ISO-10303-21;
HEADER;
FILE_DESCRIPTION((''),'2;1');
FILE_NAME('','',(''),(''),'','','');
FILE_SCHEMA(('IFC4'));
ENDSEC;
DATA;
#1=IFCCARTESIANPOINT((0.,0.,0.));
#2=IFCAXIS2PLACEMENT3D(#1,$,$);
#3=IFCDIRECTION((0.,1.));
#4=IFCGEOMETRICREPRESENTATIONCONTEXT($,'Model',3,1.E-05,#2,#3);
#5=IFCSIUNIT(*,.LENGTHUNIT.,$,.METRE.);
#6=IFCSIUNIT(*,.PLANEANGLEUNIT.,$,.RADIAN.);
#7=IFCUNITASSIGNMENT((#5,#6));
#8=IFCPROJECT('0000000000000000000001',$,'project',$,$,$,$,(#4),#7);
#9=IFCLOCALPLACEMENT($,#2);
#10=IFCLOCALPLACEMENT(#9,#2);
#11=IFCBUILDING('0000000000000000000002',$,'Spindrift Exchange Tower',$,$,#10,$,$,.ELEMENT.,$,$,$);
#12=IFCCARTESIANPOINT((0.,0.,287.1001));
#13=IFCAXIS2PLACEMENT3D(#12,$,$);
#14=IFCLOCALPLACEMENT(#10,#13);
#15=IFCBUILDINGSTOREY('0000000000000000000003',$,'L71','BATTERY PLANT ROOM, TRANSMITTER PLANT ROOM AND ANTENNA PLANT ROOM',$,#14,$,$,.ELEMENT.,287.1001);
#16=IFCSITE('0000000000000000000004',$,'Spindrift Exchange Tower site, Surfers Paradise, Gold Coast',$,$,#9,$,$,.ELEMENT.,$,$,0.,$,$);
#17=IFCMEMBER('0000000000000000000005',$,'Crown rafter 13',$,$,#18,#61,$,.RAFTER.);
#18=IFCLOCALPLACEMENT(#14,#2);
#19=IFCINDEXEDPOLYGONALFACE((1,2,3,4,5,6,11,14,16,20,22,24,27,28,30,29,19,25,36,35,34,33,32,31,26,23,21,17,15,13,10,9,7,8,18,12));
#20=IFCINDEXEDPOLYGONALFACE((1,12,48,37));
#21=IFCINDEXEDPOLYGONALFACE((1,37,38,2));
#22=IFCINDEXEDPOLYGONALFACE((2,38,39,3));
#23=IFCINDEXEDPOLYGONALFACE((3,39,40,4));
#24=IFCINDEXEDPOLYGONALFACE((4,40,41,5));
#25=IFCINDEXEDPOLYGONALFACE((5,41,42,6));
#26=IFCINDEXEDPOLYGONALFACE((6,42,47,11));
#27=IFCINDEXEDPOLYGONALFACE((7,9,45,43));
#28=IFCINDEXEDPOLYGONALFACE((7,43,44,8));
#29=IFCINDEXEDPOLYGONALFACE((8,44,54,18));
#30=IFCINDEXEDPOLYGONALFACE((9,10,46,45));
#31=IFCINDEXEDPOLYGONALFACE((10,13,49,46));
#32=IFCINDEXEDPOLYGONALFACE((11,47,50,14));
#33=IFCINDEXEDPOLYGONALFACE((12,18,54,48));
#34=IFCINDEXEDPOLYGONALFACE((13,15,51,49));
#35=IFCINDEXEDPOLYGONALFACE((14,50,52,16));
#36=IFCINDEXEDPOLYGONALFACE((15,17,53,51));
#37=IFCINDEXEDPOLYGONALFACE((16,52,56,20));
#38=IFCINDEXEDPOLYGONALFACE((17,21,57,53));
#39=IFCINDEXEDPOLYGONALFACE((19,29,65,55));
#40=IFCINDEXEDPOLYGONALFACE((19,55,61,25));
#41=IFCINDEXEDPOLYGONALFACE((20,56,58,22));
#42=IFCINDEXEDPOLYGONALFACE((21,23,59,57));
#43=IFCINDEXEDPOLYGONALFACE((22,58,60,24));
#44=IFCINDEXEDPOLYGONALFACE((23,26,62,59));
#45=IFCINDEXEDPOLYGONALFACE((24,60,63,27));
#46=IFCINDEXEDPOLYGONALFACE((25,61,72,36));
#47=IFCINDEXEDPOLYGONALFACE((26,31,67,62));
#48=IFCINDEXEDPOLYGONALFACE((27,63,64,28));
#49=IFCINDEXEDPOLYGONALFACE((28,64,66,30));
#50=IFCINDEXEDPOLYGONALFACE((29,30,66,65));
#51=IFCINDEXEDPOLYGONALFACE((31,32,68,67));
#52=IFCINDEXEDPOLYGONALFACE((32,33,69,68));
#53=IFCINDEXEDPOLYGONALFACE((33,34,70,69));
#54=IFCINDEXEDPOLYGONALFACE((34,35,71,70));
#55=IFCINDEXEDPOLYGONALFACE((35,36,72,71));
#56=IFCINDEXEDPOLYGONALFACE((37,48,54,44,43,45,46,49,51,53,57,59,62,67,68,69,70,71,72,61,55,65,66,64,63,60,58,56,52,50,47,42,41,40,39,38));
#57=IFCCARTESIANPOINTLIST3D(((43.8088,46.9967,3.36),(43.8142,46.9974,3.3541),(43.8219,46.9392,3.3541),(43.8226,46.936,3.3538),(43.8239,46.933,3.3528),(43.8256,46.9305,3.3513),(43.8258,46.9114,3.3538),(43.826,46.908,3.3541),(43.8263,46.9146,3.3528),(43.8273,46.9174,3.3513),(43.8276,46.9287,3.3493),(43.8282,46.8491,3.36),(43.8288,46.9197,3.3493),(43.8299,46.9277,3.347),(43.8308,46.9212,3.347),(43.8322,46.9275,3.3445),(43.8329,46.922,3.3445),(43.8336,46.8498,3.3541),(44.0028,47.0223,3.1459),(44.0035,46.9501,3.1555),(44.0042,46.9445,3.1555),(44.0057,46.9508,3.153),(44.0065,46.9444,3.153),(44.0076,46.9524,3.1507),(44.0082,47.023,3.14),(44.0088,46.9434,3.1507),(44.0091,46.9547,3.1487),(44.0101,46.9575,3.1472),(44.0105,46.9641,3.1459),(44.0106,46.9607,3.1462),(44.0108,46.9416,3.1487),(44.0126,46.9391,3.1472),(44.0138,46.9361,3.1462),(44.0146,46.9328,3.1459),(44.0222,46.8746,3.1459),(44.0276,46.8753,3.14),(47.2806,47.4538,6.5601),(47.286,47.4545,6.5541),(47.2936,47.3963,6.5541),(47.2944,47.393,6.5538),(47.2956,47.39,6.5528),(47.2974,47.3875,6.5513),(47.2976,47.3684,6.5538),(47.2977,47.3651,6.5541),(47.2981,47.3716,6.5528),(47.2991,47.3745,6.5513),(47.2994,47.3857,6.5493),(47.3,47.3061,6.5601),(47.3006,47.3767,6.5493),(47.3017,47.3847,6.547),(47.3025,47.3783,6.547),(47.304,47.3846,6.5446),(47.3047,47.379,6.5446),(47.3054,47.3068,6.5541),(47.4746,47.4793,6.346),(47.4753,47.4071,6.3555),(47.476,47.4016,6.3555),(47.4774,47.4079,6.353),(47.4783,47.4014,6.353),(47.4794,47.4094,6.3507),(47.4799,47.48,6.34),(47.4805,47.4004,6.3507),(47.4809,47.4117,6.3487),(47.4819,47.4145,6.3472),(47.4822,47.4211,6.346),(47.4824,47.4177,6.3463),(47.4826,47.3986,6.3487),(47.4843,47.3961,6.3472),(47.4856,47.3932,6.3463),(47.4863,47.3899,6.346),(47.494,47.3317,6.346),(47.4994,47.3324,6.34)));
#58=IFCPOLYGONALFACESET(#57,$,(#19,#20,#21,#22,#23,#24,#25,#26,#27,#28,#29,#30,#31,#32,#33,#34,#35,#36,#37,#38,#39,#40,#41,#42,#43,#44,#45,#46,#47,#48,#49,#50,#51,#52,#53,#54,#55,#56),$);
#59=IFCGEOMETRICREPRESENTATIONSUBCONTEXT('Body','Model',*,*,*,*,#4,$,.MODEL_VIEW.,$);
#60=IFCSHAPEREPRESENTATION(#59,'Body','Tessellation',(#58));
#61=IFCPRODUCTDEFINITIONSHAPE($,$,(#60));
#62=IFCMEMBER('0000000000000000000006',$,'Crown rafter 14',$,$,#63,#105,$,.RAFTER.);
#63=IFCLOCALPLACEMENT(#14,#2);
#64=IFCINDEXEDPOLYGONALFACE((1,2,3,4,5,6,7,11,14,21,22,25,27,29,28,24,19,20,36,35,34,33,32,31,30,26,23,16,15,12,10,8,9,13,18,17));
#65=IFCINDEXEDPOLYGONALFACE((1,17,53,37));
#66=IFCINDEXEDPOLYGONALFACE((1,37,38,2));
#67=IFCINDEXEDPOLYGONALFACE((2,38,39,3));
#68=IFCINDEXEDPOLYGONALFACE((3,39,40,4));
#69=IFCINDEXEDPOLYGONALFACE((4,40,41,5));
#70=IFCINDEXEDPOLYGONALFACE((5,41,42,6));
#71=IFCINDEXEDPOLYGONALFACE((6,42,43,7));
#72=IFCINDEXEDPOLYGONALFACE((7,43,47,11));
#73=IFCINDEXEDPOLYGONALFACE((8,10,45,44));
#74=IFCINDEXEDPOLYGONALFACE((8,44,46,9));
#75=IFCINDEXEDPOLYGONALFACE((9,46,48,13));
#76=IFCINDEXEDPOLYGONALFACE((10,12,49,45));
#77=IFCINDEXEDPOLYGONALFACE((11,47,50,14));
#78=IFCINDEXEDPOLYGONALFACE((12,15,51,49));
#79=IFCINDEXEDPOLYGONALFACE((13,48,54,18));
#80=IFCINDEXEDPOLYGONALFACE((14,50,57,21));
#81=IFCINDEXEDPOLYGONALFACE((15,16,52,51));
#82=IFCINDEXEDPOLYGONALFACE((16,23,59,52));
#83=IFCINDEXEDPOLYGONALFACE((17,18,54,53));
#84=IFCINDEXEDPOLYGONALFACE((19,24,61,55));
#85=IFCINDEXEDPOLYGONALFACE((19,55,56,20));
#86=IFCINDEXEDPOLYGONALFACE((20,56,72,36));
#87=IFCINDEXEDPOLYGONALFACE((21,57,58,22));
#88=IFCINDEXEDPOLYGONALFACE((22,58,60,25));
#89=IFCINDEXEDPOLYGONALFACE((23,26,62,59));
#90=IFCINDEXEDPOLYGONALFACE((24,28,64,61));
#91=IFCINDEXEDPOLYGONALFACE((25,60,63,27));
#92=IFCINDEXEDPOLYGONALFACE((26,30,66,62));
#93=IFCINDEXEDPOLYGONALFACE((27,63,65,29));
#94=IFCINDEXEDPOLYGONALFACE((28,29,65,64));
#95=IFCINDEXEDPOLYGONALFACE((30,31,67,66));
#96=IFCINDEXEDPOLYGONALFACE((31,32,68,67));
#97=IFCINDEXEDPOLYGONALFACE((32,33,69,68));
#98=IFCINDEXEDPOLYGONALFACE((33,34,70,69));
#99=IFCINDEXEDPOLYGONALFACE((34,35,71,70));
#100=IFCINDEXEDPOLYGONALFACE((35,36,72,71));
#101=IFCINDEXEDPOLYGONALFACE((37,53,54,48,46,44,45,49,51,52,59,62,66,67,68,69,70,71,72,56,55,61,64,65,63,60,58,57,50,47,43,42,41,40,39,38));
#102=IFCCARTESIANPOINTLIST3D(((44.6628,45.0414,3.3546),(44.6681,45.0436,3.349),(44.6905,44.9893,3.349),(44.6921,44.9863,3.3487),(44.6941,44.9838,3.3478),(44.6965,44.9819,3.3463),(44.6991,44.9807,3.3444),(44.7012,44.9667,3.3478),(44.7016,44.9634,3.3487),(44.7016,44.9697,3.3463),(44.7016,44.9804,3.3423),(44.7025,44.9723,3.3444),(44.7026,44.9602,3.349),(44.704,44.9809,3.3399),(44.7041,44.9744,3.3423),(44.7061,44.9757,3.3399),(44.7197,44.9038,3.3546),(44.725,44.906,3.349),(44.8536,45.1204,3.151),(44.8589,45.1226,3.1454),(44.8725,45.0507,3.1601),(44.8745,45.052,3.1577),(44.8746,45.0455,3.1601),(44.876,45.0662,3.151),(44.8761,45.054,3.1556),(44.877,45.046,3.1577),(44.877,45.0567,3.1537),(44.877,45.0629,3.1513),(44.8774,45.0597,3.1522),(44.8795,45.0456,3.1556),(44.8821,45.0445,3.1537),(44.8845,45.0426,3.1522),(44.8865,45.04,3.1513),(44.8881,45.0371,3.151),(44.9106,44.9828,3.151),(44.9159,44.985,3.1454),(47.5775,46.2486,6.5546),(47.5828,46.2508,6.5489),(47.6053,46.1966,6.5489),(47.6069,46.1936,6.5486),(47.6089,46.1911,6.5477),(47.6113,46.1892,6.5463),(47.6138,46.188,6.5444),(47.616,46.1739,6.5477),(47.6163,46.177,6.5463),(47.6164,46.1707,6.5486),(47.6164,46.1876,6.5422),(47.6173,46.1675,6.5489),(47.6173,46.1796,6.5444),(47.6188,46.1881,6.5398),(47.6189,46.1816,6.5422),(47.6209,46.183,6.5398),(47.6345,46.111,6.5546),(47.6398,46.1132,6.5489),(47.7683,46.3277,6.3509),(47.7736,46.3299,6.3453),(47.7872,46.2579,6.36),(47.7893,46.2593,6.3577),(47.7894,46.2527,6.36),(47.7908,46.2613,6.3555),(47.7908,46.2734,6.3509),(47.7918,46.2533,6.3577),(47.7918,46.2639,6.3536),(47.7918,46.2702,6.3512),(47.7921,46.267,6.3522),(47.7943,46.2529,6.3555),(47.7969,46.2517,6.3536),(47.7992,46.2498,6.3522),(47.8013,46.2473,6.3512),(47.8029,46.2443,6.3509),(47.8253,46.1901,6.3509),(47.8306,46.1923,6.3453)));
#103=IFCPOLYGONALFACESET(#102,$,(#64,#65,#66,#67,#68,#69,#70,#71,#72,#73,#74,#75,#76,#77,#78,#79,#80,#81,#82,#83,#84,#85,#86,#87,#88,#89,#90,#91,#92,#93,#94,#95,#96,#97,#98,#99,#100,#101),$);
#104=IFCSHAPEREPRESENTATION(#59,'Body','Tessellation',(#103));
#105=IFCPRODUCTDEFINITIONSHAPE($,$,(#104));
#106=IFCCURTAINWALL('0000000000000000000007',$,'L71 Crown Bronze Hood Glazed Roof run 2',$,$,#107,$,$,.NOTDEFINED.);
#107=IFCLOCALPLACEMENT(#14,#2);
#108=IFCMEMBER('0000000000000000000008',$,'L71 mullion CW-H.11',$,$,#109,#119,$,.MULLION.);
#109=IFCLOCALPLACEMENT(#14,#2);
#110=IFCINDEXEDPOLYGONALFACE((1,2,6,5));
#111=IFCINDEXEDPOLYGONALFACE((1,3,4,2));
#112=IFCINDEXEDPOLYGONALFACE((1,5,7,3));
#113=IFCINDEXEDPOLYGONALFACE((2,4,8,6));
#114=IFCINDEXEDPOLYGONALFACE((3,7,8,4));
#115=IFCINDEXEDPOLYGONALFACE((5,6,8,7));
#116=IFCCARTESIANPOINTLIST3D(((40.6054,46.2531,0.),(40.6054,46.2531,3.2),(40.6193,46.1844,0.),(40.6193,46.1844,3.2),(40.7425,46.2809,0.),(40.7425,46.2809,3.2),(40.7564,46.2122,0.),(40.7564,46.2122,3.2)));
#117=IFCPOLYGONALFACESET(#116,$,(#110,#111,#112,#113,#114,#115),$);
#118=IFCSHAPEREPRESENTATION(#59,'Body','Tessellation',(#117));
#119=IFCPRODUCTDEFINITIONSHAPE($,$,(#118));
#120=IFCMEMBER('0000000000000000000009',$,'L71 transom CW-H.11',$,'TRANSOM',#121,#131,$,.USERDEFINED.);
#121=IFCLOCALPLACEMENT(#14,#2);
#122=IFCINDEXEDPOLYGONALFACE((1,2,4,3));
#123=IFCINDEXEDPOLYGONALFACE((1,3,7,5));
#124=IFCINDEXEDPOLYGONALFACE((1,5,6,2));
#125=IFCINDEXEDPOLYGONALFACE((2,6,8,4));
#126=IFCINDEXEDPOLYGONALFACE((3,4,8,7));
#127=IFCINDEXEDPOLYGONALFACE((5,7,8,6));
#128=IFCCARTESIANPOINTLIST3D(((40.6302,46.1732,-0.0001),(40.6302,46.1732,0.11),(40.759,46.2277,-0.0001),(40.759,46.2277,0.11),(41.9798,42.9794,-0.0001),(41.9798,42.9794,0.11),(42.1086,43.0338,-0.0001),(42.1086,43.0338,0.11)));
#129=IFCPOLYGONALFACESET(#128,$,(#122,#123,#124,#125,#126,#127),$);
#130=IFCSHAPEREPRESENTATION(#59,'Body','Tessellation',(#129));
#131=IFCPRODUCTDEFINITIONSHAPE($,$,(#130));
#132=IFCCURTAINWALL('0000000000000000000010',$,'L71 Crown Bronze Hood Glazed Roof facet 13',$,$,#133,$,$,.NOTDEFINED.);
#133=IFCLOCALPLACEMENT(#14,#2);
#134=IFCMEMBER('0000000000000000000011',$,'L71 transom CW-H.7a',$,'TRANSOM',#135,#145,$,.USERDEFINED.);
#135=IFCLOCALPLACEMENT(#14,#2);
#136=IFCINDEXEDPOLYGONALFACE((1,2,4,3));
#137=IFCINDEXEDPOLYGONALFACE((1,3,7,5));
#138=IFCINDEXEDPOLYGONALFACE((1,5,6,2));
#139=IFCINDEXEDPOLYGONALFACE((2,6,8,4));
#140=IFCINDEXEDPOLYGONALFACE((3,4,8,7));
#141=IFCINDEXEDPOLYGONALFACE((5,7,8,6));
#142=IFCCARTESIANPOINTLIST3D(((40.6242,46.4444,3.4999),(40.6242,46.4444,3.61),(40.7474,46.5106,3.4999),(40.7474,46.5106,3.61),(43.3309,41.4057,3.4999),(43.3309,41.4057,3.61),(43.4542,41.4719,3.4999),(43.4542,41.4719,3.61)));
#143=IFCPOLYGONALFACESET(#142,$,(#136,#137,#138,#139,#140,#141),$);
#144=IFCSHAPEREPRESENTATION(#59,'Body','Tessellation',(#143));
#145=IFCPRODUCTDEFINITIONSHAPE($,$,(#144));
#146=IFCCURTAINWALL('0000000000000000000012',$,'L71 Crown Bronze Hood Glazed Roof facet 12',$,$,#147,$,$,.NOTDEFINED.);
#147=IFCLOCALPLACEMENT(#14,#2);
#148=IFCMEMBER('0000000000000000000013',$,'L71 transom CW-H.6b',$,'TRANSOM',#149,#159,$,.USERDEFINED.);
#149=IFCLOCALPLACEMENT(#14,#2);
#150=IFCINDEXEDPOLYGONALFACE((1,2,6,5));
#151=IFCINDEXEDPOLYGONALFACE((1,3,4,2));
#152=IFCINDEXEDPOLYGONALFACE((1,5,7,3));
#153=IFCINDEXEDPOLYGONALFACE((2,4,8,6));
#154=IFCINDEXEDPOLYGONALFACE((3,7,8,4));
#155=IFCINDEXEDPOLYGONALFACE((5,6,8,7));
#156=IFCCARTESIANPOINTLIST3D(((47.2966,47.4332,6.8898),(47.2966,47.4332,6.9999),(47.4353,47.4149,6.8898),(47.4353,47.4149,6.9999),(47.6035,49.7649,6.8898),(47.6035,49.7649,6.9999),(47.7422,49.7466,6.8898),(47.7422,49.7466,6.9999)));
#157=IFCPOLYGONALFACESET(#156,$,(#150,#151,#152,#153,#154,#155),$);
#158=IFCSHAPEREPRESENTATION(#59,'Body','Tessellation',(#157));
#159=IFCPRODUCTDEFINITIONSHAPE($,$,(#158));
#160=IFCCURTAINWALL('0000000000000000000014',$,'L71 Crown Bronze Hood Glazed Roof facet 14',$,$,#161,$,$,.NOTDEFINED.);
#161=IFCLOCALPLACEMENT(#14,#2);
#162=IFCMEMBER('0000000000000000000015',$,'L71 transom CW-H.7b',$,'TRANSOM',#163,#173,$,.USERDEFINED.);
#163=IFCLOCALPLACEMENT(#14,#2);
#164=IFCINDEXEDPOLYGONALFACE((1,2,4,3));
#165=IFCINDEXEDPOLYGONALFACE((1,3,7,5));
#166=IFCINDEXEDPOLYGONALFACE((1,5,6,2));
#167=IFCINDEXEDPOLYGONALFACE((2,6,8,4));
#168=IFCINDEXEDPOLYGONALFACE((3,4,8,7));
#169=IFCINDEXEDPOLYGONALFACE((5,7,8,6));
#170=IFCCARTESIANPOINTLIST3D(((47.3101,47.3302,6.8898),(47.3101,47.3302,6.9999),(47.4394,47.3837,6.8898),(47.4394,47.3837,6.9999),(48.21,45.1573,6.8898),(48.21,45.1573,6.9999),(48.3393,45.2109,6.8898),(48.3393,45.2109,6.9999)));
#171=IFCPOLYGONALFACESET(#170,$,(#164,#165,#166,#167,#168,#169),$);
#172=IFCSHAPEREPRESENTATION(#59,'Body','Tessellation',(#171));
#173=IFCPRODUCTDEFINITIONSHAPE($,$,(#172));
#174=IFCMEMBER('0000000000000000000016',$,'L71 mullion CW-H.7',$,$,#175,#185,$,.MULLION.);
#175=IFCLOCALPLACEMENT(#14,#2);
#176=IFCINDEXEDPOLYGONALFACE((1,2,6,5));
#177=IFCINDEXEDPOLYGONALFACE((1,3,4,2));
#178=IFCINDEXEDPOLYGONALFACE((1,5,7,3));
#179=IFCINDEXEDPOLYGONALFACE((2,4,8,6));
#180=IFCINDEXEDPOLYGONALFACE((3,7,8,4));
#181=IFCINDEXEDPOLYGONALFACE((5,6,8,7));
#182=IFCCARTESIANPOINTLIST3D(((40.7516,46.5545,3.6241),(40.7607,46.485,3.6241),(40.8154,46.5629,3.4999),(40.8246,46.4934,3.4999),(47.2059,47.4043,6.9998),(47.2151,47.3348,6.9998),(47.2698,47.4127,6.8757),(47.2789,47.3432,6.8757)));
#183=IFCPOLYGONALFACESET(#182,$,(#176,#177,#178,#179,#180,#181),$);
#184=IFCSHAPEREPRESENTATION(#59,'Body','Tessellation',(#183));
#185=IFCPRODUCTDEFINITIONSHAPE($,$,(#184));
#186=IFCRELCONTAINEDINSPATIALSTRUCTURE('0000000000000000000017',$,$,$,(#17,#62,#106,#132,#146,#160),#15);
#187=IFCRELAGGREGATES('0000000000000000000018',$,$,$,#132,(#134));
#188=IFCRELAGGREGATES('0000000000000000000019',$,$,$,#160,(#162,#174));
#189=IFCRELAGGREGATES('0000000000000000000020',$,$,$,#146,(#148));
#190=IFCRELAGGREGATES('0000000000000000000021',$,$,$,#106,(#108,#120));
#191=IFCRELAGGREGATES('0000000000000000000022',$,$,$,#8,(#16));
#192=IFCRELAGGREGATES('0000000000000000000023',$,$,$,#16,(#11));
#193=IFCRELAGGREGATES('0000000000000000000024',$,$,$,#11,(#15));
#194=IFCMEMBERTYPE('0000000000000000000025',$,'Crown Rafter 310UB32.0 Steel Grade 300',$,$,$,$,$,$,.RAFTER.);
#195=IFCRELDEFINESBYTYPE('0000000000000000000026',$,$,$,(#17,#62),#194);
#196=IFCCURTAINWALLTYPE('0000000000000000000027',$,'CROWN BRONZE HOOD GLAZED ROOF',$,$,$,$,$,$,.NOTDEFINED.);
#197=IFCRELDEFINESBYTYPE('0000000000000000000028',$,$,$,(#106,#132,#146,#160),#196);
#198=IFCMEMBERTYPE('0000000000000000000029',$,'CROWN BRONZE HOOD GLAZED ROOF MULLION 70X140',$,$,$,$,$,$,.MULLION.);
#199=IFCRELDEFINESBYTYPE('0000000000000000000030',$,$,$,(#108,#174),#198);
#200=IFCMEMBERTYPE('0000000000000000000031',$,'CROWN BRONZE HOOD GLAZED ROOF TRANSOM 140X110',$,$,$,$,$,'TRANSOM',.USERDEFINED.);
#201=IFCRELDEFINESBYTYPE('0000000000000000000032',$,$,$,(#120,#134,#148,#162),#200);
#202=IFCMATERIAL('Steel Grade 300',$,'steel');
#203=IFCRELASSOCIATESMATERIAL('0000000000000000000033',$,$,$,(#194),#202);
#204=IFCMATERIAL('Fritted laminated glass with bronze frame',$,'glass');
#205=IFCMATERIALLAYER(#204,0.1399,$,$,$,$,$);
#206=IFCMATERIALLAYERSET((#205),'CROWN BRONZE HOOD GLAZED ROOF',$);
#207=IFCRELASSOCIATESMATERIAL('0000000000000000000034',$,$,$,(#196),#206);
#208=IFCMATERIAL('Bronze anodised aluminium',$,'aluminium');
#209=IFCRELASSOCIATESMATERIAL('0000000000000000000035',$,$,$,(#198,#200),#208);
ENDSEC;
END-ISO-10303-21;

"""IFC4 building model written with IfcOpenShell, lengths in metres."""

from ifc_helpers import new_model, si_unit, direction, frame, origin, origin_2d, place, context, subcontext, project, spatial, rectangle, i_section, extrude, source, transform, mapped, material, layer, layer_set, material_profile, profile_set, type_object, element, aggregate, save


model = new_model("IFC4")

# Units and contexts
model_context = context("Model", 3, precision=1e-05, world=origin(), true_north=direction((0.0, 1.0)))
body_context = subcontext(model_context, "Body", "Model", "MODEL_VIEW")
ifc_project = project(units=[si_unit("LENGTHUNIT", "METRE"), si_unit("PLANEANGLEUNIT", "RADIAN")], contexts=[model_context])

# Site, building, storey
site_placement = place(None, origin())
site = spatial("IfcSite", under=ifc_project, at=site_placement, Name="Spindrift Exchange Tower site, Surfers Paradise, Gold Coast", CompositionType="ELEMENT", RefElevation=0.0)
building_placement = place(site_placement, origin())
building = spatial("IfcBuilding", under=site, at=building_placement, Name="Spindrift Exchange Tower", CompositionType="ELEMENT")
storey_placement = place(building_placement, frame((0.0, 0.0, 287.1001)))
storey = spatial("IfcBuildingStorey", under=building, at=storey_placement, Name="L71", Description="BATTERY PLANT ROOM, TRANSMITTER PLANT ROOM AND ANTENNA PLANT ROOM", CompositionType="ELEMENT", Elevation=287.1001)

# Shared definitions
ifc_material_1 = material(Name="Steel Grade 300", Category="steel")

# Members
ifc_material_profile_1 = material_profile(ifc_material_1, i_section(OverallWidth=0.1489, OverallDepth=0.2981, WebThickness=0.0056, FlangeThickness=0.0081, FilletRadius=0.0129, at=origin_2d()), Name="310UB32.0")
ifc_profile_set_1 = profile_set([ifc_material_profile_1], Name="Steel Grade 300")
member_type_1 = type_object("IfcMemberType", Name="Crown Rafter 310UB32.0 Steel Grade 300", PredefinedType="RAFTER", material=ifc_profile_set_1)
shared_shape_1 = source(origin(), body_context, "Body", "SweptSolid", [
    extrude(i_section(OverallWidth=0.1489, OverallDepth=0.2981, WebThickness=0.0056, FlangeThickness=0.0081, FilletRadius=0.0129, at=origin_2d()), origin(), (0.0, 0.0, 1.0), 4.7437),
])
member_1_placement = place(storey_placement, frame((43.9182, 46.936, 3.25), z_axis=(0.731876, 0.096348, 0.674592), x_axis=(-0.130519, 0.991446, 0.0)))
element("IfcMember", 1, at=member_1_placement, inside=storey, type_object=member_type_1, Name="Crown rafter 13", PredefinedType="RAFTER", context=body_context, shape_type="MappedRepresentation", body=[
    mapped(shared_shape_1, transform((0.0, 0.0, 0.0), scale=1.0)),
])
shared_shape_2 = source(origin(), body_context, "Body", "SweptSolid", [
    extrude(i_section(OverallWidth=0.1489, OverallDepth=0.2981, WebThickness=0.0056, FlangeThickness=0.0081, FilletRadius=0.0129, at=origin_2d()), origin(), (0.0, 0.0, 1.0), 4.4937),
])
member_2_placement = place(storey_placement, frame((44.7893, 45.0132, 3.25), z_axis=(0.648642, 0.26866, 0.712099), x_axis=(-0.382664, 0.923888, 0.0)))
element("IfcMember", 2, at=member_2_placement, inside=storey, type_object=member_type_1, Name="Crown rafter 14", PredefinedType="RAFTER", context=body_context, shape_type="MappedRepresentation", body=[
    mapped(shared_shape_2, transform((0.0, 0.0, 0.0), scale=1.0)),
])

# Curtain wall, members
ifc_material_2 = material(Name="Fritted laminated glass with bronze frame", Category="glass")
ifc_layer_1 = layer(ifc_material_2, 0.1399)
ifc_layer_set_1 = layer_set([ifc_layer_1], Name="CROWN BRONZE HOOD GLAZED ROOF")
curtain_wall_type = type_object("IfcCurtainWallType", Name="CROWN BRONZE HOOD GLAZED ROOF", PredefinedType="NOTDEFINED", material=ifc_layer_set_1)
curtain_wall_1_placement = place(storey_placement, origin())
curtain_wall_1 = element("IfcCurtainWall", 3, at=curtain_wall_1_placement, inside=storey, type_object=curtain_wall_type, Name="L71 Crown Bronze Hood Glazed Roof run 2", PredefinedType="NOTDEFINED")
ifc_material_3 = material(Name="Bronze anodised aluminium", Category="aluminium")
ifc_material_profile_2 = material_profile(ifc_material_3, rectangle(XDim=0.0701, YDim=0.1399, at=origin_2d()), Name="CROWN BRONZE HOOD GLAZED ROOF MULLION 70X140")
ifc_profile_set_2 = profile_set([ifc_material_profile_2], Name="Bronze anodised aluminium")
member_type_2 = type_object("IfcMemberType", Name="CROWN BRONZE HOOD GLAZED ROOF MULLION 70X140", PredefinedType="MULLION", material=ifc_profile_set_2)
shared_shape_3 = source(origin(), body_context, "Body", "SweptSolid", [
    extrude(rectangle(XDim=0.0701, YDim=0.1399, at=origin_2d()), origin(), (0.0, 0.0, 1.0), 3.2),
])
member_3_placement = place(storey_placement, frame((40.6809, 46.2327, 0.0), z_axis=(0.0, 0.0, 1.0), x_axis=(0.198569, -0.980087, 0.0)))
member_3 = element("IfcMember", 4, at=member_3_placement, type_object=member_type_2, Name="L71 mullion CW-H.11", PredefinedType="MULLION", context=body_context, shape_type="MappedRepresentation", body=[
    mapped(shared_shape_3, transform((0.0, 0.0, 0.0), scale=1.0)),
])
ifc_material_profile_3 = material_profile(ifc_material_3, rectangle(XDim=0.1399, YDim=0.1101, at=origin_2d()), Name="CROWN BRONZE HOOD GLAZED ROOF TRANSOM 140X110")
ifc_profile_set_3 = profile_set([ifc_material_profile_3], Name="Bronze anodised aluminium")
member_type_3 = type_object("IfcMemberType", Name="CROWN BRONZE HOOD GLAZED ROOF TRANSOM 140X110", ElementType="TRANSOM", PredefinedType="USERDEFINED", material=ifc_profile_set_3)
shared_shape_4 = source(origin(), body_context, "Body", "SweptSolid", [
    extrude(rectangle(XDim=0.1399, YDim=0.1101, at=origin_2d()), origin(), (0.0, 0.0, 1.0), 3.4673),
])
member_4_placement = place(storey_placement, frame((40.6946, 46.2004, 0.0549), z_axis=(0.38924, -0.921136, 0.0), x_axis=(0.921136, 0.38924, 0.0)))
member_4 = element("IfcMember", 5, at=member_4_placement, type_object=member_type_3, Name="L71 transom CW-H.11", ObjectType="TRANSOM", PredefinedType="USERDEFINED", context=body_context, shape_type="MappedRepresentation", body=[
    mapped(shared_shape_4, transform((0.0, 0.0, 0.0), scale=1.0)),
])

# Curtain walls, members
curtain_wall_2_placement = place(storey_placement, origin())
curtain_wall_2 = element("IfcCurtainWall", 6, at=curtain_wall_2_placement, inside=storey, type_object=curtain_wall_type, Name="L71 Crown Bronze Hood Glazed Roof facet 13", PredefinedType="NOTDEFINED")
shared_shape_5 = source(origin(), body_context, "Body", "SweptSolid", [
    extrude(rectangle(XDim=0.1399, YDim=0.1101, at=origin_2d()), origin(), (0.0, 0.0, 1.0), 5.7197),
])
member_5_placement = place(storey_placement, frame((40.6858, 46.4775, 3.5549), z_axis=(0.473229, -0.880939, 0.0), x_axis=(0.880939, 0.473229, 0.0)))
member_5 = element("IfcMember", 7, at=member_5_placement, type_object=member_type_3, Name="L71 transom CW-H.7a", ObjectType="TRANSOM", PredefinedType="USERDEFINED", context=body_context, shape_type="MappedRepresentation", body=[
    mapped(shared_shape_5, transform((0.0, 0.0, 0.0), scale=1.0)),
])
curtain_wall_3_placement = place(storey_placement, origin())
curtain_wall_3 = element("IfcCurtainWall", 8, at=curtain_wall_3_placement, inside=storey, type_object=curtain_wall_type, Name="L71 Crown Bronze Hood Glazed Roof facet 12", PredefinedType="NOTDEFINED")
shared_shape_6 = source(origin(), body_context, "Body", "SweptSolid", [
    extrude(rectangle(XDim=0.1399, YDim=0.1101, at=origin_2d()), origin(), (0.0, 0.0, 1.0), 2.3518),
])
member_6_placement = place(storey_placement, frame((47.366, 47.4241, 6.9448), z_axis=(0.130484, 0.99145, 0.0), x_axis=(-0.99145, 0.130484, 0.0)))
member_6 = element("IfcMember", 9, at=member_6_placement, type_object=member_type_3, Name="L71 transom CW-H.6b", ObjectType="TRANSOM", PredefinedType="USERDEFINED", context=body_context, shape_type="MappedRepresentation", body=[
    mapped(shared_shape_6, transform((0.0, 0.0, 0.0), scale=1.0)),
])

# Curtain wall, members
curtain_wall_4_placement = place(storey_placement, origin())
curtain_wall_4 = element("IfcCurtainWall", 10, at=curtain_wall_4_placement, inside=storey, type_object=curtain_wall_type, Name="L71 Crown Bronze Hood Glazed Roof facet 14", PredefinedType="NOTDEFINED")
member_7_placement = place(storey_placement, frame((47.3748, 47.3569, 6.9448), z_axis=(0.382639, -0.923898, 0.0), x_axis=(0.923898, 0.382639, 0.0)))
member_7 = element("IfcMember", 11, at=member_7_placement, type_object=member_type_3, Name="L71 transom CW-H.7b", ObjectType="TRANSOM", PredefinedType="USERDEFINED", context=body_context, shape_type="MappedRepresentation", body=[
    mapped(shared_shape_6, transform((0.0, 0.0, 0.0), scale=1.0)),
])
shared_shape_7 = source(origin(), body_context, "Body", "SweptSolid", [
    extrude(rectangle(XDim=0.0701, YDim=0.1399, at=origin_2d()), origin(), (0.0, 0.0, 1.0), 7.3333),
])
member_8_placement = place(storey_placement, frame((40.7881, 46.5239, 3.562), z_axis=(0.880149, 0.115891, 0.460333), x_axis=(-0.130545, 0.991442, 0.0)))
member_8 = element("IfcMember", 12, at=member_8_placement, type_object=member_type_2, Name="L71 mullion CW-H.7", PredefinedType="MULLION", context=body_context, shape_type="MappedRepresentation", body=[
    mapped(shared_shape_7, transform((0.0, 0.0, 0.0), scale=1.0)),
])

aggregate(curtain_wall_2, [member_5])
aggregate(curtain_wall_4, [member_7, member_8])
aggregate(curtain_wall_3, [member_6])
aggregate(curtain_wall_1, [member_3, member_4])

save(model, "model.ifc")
